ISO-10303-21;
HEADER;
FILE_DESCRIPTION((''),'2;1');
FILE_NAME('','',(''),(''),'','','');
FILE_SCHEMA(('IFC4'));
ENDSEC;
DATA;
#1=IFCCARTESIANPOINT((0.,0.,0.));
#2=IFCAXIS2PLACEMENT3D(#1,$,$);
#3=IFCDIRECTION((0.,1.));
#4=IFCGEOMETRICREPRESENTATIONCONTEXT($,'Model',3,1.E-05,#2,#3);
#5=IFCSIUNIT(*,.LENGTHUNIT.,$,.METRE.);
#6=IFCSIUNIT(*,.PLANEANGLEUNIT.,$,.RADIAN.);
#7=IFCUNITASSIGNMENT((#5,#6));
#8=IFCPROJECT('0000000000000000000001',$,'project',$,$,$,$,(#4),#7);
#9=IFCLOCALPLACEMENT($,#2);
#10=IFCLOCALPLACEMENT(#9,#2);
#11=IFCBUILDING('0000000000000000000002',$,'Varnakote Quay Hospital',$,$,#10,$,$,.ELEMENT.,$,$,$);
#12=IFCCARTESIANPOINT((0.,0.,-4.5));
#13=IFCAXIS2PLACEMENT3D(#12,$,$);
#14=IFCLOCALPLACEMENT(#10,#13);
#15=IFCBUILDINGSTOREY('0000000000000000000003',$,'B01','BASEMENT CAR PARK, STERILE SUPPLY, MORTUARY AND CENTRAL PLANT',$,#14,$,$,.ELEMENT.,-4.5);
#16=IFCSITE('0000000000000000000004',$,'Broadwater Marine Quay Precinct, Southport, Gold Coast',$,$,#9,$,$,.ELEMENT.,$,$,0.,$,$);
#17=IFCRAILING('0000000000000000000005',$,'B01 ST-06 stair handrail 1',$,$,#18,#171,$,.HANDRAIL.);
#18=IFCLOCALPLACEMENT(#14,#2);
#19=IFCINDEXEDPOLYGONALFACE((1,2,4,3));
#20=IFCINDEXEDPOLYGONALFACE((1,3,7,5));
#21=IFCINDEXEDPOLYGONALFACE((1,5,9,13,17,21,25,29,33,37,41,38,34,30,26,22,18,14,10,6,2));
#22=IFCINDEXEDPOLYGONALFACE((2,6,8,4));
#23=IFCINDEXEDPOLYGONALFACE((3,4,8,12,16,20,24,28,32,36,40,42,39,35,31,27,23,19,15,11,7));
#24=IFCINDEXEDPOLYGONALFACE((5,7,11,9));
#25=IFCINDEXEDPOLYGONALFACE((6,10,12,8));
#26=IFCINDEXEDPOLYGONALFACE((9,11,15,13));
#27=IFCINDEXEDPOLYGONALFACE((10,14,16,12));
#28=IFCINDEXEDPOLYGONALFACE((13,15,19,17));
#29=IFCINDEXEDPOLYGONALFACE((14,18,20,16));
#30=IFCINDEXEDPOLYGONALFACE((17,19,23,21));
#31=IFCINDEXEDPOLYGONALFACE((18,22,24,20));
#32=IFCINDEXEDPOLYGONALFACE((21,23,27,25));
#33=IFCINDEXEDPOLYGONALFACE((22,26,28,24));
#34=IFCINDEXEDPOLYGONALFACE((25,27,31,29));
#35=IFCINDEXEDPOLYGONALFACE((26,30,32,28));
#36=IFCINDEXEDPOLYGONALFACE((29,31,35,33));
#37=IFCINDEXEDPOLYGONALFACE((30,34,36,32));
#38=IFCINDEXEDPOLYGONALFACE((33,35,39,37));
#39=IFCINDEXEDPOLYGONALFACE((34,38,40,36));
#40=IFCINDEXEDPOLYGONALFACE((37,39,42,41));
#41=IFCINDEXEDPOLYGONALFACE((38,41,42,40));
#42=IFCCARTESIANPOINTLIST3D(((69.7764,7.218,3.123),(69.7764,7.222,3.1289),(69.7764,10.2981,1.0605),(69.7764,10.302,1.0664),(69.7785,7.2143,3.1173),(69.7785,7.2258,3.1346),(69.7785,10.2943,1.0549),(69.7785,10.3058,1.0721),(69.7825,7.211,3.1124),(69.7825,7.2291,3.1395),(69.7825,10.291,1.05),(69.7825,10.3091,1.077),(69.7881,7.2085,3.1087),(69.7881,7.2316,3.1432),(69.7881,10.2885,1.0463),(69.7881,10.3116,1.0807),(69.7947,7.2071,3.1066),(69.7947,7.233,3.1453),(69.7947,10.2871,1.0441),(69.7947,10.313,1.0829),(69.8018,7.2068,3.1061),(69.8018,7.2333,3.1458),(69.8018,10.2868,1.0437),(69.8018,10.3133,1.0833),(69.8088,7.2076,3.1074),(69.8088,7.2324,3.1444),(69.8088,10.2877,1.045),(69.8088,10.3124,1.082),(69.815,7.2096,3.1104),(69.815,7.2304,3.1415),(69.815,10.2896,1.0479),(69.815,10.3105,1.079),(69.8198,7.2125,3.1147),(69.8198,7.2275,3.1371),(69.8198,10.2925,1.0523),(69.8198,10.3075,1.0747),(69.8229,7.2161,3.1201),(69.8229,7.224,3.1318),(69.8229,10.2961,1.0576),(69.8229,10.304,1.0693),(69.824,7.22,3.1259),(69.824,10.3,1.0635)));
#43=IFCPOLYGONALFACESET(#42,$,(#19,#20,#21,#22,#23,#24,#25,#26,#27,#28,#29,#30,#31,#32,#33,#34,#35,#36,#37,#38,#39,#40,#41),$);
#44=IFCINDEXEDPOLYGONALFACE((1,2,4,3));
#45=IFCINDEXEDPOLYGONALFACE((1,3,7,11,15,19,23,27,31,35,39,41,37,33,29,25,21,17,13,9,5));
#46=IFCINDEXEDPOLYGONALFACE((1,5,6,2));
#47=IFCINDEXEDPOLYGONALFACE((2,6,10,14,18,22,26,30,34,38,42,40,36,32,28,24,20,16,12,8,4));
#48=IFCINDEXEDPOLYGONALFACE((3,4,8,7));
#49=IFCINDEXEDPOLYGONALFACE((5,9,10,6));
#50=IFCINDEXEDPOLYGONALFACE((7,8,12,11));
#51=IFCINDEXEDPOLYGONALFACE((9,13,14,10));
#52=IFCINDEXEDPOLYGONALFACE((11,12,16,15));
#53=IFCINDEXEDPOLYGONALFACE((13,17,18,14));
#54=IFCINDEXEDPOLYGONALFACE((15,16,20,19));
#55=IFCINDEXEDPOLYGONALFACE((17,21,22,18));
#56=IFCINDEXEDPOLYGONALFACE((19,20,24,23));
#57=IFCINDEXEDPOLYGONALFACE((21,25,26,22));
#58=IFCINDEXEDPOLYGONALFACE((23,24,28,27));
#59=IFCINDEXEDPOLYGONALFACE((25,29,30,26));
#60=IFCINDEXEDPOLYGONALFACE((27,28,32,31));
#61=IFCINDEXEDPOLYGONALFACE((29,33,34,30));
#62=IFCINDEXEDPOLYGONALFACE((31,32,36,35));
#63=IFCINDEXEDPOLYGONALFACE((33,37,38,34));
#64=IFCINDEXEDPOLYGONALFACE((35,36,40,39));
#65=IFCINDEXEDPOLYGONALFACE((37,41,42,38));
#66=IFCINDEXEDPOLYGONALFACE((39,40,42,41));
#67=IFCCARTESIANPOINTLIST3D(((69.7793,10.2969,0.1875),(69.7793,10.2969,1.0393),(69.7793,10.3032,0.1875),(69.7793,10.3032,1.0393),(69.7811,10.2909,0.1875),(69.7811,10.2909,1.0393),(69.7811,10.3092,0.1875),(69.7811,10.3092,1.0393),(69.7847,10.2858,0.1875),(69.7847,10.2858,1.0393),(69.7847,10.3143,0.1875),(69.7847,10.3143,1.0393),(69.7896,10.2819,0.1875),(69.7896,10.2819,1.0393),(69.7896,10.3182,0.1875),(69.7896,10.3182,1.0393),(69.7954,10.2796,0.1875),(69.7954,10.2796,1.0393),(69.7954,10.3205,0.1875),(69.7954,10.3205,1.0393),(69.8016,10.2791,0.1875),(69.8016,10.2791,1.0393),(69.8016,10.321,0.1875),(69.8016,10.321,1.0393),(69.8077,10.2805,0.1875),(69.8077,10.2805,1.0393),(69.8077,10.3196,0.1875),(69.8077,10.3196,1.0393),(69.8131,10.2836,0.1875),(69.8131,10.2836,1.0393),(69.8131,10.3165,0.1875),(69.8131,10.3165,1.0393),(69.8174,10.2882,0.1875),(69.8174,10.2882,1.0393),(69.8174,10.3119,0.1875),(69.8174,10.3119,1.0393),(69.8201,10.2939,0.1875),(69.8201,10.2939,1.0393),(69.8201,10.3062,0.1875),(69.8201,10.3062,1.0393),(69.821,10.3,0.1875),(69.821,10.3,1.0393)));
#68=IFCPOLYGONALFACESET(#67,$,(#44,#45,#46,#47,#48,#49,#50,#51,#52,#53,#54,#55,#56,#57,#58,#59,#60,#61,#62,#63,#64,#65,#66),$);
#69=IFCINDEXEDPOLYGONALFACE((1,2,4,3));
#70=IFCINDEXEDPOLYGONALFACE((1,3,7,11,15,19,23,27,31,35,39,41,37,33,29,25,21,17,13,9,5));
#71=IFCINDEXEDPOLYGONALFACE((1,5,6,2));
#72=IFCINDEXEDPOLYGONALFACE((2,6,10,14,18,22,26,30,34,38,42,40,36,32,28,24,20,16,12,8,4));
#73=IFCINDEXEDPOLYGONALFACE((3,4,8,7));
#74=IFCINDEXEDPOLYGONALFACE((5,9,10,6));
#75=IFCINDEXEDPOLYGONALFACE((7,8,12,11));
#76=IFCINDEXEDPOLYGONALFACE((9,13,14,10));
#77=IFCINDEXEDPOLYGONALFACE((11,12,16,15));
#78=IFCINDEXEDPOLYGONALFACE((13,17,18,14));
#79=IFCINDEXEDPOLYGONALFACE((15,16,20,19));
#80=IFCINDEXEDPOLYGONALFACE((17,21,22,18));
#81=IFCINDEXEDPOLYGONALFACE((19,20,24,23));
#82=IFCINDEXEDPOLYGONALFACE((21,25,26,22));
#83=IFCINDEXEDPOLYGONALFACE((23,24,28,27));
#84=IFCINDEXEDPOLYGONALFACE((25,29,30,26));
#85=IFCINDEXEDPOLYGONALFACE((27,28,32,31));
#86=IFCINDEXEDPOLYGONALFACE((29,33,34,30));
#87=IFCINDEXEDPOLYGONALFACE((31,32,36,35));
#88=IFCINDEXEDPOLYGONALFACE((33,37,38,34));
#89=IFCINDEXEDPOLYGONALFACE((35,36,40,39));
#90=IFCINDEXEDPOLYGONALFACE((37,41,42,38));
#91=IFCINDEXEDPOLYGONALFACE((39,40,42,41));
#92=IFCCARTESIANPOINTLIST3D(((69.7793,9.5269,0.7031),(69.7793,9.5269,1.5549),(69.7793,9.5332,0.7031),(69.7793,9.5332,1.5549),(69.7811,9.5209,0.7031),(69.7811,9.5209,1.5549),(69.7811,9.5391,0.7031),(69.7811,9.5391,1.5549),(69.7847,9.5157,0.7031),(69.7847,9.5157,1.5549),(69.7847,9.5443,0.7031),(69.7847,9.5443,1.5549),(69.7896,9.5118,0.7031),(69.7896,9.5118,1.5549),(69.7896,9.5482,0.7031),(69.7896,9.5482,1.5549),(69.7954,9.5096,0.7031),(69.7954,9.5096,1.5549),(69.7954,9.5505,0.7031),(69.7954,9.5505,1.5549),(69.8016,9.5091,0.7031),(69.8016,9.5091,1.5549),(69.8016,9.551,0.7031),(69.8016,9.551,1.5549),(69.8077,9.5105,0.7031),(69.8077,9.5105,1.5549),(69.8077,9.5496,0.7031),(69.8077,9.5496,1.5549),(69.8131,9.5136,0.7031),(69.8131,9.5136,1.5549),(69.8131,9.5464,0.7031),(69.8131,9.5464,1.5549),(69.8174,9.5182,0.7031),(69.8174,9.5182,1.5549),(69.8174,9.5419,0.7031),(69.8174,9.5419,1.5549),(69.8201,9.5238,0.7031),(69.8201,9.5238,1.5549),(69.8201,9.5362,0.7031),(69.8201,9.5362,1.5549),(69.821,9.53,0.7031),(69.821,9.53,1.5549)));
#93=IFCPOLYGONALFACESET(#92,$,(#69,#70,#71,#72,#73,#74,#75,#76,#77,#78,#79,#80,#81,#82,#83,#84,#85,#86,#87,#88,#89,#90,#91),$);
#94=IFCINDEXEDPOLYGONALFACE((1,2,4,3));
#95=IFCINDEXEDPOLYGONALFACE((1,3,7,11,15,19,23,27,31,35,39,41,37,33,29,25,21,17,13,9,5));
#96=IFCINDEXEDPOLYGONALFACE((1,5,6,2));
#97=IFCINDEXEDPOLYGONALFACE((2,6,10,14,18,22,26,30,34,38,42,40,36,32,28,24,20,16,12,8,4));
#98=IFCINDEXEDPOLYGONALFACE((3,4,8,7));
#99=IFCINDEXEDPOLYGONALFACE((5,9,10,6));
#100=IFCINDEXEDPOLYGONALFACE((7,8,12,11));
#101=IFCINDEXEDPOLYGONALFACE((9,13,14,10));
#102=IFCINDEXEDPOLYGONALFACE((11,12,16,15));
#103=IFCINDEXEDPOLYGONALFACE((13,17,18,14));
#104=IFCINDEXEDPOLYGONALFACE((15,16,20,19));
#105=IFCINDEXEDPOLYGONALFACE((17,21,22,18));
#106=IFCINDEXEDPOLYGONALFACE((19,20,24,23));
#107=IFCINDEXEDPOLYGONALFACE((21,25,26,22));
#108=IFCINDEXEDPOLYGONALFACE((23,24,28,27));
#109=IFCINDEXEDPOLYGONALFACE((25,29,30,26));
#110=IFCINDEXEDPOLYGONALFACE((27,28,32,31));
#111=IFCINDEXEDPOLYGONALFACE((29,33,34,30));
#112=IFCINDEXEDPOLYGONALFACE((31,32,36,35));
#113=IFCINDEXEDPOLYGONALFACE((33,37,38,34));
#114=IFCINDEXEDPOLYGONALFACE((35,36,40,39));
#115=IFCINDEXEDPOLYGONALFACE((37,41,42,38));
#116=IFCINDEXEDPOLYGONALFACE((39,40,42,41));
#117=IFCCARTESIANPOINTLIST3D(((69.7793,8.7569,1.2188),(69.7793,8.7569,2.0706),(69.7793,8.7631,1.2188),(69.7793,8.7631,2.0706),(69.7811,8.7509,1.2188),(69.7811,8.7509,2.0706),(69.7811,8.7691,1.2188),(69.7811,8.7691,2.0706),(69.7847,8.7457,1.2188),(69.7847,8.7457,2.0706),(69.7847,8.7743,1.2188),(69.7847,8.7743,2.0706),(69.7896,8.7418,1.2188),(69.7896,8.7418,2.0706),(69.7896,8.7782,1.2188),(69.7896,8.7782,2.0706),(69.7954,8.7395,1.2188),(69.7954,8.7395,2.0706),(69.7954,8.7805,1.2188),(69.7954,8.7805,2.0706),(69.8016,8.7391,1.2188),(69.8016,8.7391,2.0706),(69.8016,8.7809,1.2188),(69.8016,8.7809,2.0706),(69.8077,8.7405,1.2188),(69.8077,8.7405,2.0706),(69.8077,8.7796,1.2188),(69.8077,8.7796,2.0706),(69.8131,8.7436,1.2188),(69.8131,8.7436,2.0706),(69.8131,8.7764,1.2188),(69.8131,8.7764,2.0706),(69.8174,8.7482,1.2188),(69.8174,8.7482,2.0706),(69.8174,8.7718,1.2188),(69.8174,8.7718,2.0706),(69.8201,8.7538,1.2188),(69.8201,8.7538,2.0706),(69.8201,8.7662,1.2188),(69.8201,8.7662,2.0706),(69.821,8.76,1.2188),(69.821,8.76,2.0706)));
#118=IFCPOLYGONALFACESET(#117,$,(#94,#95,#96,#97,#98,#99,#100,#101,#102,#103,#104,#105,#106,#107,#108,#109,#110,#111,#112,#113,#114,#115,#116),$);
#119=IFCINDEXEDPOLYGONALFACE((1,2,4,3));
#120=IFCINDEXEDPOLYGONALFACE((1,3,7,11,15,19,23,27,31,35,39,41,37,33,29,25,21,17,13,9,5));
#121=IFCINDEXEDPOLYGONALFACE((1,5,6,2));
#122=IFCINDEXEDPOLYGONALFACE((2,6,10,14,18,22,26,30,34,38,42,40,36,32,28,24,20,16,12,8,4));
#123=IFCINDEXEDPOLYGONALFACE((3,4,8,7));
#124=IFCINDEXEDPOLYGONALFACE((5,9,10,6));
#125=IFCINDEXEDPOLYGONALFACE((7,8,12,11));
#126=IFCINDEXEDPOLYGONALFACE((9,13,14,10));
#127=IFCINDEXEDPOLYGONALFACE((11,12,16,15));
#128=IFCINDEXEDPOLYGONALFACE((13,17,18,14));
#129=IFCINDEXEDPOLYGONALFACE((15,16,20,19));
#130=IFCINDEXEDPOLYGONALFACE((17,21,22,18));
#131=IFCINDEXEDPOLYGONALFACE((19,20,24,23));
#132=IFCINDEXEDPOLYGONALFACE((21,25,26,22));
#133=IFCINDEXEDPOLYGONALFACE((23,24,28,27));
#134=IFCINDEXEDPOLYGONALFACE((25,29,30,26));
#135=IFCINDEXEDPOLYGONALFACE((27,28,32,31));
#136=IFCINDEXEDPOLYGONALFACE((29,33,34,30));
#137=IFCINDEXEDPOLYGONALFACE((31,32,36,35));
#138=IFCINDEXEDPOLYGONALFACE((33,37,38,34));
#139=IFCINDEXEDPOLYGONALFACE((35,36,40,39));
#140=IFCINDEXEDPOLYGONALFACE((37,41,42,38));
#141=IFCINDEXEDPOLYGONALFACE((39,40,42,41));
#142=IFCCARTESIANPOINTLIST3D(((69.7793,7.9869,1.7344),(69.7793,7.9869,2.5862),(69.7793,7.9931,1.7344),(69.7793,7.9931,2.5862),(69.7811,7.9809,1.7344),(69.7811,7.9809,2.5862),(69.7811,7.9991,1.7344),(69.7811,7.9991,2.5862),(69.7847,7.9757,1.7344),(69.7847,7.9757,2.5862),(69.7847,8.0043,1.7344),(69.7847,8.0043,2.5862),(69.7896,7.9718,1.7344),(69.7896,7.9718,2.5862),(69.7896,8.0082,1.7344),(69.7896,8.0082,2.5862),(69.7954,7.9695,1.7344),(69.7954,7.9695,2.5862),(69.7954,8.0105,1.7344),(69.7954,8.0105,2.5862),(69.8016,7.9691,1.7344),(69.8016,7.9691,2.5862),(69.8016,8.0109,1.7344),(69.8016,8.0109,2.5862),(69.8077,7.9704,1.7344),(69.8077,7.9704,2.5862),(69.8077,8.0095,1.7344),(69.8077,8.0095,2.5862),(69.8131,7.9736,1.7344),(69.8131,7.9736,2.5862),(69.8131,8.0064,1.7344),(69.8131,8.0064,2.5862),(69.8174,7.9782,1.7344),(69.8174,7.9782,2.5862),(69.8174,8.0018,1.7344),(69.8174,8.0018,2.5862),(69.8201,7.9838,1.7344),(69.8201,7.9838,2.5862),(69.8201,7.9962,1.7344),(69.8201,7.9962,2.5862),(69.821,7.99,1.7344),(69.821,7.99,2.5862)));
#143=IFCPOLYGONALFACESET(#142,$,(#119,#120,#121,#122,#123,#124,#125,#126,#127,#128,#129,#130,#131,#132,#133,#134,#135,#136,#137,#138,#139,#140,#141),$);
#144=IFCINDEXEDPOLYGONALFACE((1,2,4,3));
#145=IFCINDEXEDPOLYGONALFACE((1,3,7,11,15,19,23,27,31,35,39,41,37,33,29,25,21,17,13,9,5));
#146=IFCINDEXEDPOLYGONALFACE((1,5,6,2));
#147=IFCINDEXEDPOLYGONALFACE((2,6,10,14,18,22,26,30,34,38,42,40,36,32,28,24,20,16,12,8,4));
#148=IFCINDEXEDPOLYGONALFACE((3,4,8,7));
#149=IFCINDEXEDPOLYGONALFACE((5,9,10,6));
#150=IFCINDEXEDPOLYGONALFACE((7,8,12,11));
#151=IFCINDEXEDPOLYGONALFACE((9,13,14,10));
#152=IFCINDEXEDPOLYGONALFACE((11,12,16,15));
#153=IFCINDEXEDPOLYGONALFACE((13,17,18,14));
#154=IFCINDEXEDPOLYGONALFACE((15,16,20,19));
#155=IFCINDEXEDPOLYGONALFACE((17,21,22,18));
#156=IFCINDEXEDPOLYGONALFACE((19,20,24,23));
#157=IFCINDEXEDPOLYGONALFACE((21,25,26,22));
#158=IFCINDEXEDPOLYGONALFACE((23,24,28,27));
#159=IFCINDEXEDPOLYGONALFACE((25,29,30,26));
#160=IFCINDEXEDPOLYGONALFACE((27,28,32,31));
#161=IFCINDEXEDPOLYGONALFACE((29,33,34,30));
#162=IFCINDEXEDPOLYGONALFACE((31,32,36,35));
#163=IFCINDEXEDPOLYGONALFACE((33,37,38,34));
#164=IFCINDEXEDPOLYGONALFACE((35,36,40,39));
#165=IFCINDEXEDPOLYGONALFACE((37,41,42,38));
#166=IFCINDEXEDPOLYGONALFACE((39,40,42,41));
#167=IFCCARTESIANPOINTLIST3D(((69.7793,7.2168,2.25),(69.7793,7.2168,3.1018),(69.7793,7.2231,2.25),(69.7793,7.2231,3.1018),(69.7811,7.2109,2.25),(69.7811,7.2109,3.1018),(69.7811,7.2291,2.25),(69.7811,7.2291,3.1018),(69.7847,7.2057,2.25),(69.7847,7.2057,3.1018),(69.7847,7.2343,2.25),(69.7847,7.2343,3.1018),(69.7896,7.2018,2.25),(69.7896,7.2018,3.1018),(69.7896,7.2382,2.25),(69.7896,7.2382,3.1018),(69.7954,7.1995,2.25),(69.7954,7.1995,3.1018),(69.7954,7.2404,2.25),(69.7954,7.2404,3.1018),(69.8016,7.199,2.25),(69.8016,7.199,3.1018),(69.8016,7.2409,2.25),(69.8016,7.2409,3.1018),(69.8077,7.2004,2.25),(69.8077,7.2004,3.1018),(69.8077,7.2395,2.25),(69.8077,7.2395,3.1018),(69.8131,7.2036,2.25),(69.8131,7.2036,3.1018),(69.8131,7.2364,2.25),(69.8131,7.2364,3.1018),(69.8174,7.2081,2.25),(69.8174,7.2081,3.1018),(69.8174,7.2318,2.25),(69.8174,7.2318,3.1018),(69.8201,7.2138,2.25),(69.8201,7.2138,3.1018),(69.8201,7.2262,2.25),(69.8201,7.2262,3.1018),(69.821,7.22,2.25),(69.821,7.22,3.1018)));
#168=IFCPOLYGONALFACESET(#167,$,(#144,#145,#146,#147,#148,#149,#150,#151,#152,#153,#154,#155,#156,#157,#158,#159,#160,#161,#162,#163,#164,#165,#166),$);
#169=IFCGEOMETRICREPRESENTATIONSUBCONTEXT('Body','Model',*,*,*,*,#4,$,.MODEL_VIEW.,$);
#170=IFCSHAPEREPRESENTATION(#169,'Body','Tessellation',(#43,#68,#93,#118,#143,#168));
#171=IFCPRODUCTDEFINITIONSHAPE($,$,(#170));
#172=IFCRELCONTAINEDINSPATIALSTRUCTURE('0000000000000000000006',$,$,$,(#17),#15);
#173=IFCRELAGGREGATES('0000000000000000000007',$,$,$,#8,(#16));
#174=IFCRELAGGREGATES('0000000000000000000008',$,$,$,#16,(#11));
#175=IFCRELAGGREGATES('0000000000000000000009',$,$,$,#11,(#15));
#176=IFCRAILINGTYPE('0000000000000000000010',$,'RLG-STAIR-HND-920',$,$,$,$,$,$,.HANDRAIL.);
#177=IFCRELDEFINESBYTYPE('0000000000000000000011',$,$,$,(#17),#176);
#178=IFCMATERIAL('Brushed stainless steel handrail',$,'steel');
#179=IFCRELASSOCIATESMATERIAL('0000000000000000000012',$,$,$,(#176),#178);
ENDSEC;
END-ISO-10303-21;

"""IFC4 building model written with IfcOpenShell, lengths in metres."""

from ifc_helpers import new_model, si_unit, direction, frame, origin, origin_2d, place, context, subcontext, project, spatial, circle, extrude, material, type_object, element, save


model = new_model("IFC4")

# Units and contexts
model_context = context("Model", 3, precision=1e-05, world=origin(), true_north=direction((0.0, 1.0)))
body_context = subcontext(model_context, "Body", "Model", "MODEL_VIEW")
ifc_project = project(units=[si_unit("LENGTHUNIT", "METRE"), si_unit("PLANEANGLEUNIT", "RADIAN")], contexts=[model_context])

# Site, building, storey
site_placement = place(None, origin())
site = spatial("IfcSite", under=ifc_project, at=site_placement, Name="Broadwater Marine Quay Precinct, Southport, Gold Coast", CompositionType="ELEMENT", RefElevation=0.0)
building_placement = place(site_placement, origin())
building = spatial("IfcBuilding", under=site, at=building_placement, Name="Varnakote Quay Hospital", CompositionType="ELEMENT")
storey_placement = place(building_placement, frame((0.0, 0.0, -4.5)))
storey = spatial("IfcBuildingStorey", under=building, at=storey_placement, Name="B01", Description="BASEMENT CAR PARK, STERILE SUPPLY, MORTUARY AND CENTRAL PLANT", CompositionType="ELEMENT", Elevation=-4.5)

# Railing
ifc_material_1 = material(Name="Brushed stainless steel handrail", Category="steel")
railing_type_1 = type_object("IfcRailingType", Name="RLG-STAIR-HND-920", PredefinedType="HANDRAIL", material=ifc_material_1)
railing_1_placement = place(storey_placement, frame((69.8, 10.3, 0.1875)))
element("IfcRailing", 1, at=railing_1_placement, inside=storey, type_object=railing_type_1, Name="B01 ST-06 stair handrail 1", PredefinedType="HANDRAIL", context=body_context, shape_type="SweptSolid", body=[
    extrude(circle(Radius=0.0239, at=origin_2d()), frame((0.0, 0.0, 0.876), z_axis=(0.0, -0.830914, 0.556401), x_axis=(1.0, 0.0, 0.0)), (0.0, 0.0, 1.0), 3.7068),
    extrude(circle(Radius=0.021, at=origin_2d()), origin(), (0.0, 0.0, 1.0), 0.8518),
    extrude(circle(Radius=0.021, at=origin_2d()), frame((0.0, -0.77, 0.5156)), (0.0, 0.0, 1.0), 0.8518),
    extrude(circle(Radius=0.021, at=origin_2d()), frame((0.0, -1.54, 1.0312)), (0.0, 0.0, 1.0), 0.8518),
    extrude(circle(Radius=0.021, at=origin_2d()), frame((0.0, -2.3101, 1.5469)), (0.0, 0.0, 1.0), 0.8518),
    extrude(circle(Radius=0.021, at=origin_2d()), frame((0.0, -3.0801, 2.0625)), (0.0, 0.0, 1.0), 0.8518),
])

save(model, "model.ifc")
